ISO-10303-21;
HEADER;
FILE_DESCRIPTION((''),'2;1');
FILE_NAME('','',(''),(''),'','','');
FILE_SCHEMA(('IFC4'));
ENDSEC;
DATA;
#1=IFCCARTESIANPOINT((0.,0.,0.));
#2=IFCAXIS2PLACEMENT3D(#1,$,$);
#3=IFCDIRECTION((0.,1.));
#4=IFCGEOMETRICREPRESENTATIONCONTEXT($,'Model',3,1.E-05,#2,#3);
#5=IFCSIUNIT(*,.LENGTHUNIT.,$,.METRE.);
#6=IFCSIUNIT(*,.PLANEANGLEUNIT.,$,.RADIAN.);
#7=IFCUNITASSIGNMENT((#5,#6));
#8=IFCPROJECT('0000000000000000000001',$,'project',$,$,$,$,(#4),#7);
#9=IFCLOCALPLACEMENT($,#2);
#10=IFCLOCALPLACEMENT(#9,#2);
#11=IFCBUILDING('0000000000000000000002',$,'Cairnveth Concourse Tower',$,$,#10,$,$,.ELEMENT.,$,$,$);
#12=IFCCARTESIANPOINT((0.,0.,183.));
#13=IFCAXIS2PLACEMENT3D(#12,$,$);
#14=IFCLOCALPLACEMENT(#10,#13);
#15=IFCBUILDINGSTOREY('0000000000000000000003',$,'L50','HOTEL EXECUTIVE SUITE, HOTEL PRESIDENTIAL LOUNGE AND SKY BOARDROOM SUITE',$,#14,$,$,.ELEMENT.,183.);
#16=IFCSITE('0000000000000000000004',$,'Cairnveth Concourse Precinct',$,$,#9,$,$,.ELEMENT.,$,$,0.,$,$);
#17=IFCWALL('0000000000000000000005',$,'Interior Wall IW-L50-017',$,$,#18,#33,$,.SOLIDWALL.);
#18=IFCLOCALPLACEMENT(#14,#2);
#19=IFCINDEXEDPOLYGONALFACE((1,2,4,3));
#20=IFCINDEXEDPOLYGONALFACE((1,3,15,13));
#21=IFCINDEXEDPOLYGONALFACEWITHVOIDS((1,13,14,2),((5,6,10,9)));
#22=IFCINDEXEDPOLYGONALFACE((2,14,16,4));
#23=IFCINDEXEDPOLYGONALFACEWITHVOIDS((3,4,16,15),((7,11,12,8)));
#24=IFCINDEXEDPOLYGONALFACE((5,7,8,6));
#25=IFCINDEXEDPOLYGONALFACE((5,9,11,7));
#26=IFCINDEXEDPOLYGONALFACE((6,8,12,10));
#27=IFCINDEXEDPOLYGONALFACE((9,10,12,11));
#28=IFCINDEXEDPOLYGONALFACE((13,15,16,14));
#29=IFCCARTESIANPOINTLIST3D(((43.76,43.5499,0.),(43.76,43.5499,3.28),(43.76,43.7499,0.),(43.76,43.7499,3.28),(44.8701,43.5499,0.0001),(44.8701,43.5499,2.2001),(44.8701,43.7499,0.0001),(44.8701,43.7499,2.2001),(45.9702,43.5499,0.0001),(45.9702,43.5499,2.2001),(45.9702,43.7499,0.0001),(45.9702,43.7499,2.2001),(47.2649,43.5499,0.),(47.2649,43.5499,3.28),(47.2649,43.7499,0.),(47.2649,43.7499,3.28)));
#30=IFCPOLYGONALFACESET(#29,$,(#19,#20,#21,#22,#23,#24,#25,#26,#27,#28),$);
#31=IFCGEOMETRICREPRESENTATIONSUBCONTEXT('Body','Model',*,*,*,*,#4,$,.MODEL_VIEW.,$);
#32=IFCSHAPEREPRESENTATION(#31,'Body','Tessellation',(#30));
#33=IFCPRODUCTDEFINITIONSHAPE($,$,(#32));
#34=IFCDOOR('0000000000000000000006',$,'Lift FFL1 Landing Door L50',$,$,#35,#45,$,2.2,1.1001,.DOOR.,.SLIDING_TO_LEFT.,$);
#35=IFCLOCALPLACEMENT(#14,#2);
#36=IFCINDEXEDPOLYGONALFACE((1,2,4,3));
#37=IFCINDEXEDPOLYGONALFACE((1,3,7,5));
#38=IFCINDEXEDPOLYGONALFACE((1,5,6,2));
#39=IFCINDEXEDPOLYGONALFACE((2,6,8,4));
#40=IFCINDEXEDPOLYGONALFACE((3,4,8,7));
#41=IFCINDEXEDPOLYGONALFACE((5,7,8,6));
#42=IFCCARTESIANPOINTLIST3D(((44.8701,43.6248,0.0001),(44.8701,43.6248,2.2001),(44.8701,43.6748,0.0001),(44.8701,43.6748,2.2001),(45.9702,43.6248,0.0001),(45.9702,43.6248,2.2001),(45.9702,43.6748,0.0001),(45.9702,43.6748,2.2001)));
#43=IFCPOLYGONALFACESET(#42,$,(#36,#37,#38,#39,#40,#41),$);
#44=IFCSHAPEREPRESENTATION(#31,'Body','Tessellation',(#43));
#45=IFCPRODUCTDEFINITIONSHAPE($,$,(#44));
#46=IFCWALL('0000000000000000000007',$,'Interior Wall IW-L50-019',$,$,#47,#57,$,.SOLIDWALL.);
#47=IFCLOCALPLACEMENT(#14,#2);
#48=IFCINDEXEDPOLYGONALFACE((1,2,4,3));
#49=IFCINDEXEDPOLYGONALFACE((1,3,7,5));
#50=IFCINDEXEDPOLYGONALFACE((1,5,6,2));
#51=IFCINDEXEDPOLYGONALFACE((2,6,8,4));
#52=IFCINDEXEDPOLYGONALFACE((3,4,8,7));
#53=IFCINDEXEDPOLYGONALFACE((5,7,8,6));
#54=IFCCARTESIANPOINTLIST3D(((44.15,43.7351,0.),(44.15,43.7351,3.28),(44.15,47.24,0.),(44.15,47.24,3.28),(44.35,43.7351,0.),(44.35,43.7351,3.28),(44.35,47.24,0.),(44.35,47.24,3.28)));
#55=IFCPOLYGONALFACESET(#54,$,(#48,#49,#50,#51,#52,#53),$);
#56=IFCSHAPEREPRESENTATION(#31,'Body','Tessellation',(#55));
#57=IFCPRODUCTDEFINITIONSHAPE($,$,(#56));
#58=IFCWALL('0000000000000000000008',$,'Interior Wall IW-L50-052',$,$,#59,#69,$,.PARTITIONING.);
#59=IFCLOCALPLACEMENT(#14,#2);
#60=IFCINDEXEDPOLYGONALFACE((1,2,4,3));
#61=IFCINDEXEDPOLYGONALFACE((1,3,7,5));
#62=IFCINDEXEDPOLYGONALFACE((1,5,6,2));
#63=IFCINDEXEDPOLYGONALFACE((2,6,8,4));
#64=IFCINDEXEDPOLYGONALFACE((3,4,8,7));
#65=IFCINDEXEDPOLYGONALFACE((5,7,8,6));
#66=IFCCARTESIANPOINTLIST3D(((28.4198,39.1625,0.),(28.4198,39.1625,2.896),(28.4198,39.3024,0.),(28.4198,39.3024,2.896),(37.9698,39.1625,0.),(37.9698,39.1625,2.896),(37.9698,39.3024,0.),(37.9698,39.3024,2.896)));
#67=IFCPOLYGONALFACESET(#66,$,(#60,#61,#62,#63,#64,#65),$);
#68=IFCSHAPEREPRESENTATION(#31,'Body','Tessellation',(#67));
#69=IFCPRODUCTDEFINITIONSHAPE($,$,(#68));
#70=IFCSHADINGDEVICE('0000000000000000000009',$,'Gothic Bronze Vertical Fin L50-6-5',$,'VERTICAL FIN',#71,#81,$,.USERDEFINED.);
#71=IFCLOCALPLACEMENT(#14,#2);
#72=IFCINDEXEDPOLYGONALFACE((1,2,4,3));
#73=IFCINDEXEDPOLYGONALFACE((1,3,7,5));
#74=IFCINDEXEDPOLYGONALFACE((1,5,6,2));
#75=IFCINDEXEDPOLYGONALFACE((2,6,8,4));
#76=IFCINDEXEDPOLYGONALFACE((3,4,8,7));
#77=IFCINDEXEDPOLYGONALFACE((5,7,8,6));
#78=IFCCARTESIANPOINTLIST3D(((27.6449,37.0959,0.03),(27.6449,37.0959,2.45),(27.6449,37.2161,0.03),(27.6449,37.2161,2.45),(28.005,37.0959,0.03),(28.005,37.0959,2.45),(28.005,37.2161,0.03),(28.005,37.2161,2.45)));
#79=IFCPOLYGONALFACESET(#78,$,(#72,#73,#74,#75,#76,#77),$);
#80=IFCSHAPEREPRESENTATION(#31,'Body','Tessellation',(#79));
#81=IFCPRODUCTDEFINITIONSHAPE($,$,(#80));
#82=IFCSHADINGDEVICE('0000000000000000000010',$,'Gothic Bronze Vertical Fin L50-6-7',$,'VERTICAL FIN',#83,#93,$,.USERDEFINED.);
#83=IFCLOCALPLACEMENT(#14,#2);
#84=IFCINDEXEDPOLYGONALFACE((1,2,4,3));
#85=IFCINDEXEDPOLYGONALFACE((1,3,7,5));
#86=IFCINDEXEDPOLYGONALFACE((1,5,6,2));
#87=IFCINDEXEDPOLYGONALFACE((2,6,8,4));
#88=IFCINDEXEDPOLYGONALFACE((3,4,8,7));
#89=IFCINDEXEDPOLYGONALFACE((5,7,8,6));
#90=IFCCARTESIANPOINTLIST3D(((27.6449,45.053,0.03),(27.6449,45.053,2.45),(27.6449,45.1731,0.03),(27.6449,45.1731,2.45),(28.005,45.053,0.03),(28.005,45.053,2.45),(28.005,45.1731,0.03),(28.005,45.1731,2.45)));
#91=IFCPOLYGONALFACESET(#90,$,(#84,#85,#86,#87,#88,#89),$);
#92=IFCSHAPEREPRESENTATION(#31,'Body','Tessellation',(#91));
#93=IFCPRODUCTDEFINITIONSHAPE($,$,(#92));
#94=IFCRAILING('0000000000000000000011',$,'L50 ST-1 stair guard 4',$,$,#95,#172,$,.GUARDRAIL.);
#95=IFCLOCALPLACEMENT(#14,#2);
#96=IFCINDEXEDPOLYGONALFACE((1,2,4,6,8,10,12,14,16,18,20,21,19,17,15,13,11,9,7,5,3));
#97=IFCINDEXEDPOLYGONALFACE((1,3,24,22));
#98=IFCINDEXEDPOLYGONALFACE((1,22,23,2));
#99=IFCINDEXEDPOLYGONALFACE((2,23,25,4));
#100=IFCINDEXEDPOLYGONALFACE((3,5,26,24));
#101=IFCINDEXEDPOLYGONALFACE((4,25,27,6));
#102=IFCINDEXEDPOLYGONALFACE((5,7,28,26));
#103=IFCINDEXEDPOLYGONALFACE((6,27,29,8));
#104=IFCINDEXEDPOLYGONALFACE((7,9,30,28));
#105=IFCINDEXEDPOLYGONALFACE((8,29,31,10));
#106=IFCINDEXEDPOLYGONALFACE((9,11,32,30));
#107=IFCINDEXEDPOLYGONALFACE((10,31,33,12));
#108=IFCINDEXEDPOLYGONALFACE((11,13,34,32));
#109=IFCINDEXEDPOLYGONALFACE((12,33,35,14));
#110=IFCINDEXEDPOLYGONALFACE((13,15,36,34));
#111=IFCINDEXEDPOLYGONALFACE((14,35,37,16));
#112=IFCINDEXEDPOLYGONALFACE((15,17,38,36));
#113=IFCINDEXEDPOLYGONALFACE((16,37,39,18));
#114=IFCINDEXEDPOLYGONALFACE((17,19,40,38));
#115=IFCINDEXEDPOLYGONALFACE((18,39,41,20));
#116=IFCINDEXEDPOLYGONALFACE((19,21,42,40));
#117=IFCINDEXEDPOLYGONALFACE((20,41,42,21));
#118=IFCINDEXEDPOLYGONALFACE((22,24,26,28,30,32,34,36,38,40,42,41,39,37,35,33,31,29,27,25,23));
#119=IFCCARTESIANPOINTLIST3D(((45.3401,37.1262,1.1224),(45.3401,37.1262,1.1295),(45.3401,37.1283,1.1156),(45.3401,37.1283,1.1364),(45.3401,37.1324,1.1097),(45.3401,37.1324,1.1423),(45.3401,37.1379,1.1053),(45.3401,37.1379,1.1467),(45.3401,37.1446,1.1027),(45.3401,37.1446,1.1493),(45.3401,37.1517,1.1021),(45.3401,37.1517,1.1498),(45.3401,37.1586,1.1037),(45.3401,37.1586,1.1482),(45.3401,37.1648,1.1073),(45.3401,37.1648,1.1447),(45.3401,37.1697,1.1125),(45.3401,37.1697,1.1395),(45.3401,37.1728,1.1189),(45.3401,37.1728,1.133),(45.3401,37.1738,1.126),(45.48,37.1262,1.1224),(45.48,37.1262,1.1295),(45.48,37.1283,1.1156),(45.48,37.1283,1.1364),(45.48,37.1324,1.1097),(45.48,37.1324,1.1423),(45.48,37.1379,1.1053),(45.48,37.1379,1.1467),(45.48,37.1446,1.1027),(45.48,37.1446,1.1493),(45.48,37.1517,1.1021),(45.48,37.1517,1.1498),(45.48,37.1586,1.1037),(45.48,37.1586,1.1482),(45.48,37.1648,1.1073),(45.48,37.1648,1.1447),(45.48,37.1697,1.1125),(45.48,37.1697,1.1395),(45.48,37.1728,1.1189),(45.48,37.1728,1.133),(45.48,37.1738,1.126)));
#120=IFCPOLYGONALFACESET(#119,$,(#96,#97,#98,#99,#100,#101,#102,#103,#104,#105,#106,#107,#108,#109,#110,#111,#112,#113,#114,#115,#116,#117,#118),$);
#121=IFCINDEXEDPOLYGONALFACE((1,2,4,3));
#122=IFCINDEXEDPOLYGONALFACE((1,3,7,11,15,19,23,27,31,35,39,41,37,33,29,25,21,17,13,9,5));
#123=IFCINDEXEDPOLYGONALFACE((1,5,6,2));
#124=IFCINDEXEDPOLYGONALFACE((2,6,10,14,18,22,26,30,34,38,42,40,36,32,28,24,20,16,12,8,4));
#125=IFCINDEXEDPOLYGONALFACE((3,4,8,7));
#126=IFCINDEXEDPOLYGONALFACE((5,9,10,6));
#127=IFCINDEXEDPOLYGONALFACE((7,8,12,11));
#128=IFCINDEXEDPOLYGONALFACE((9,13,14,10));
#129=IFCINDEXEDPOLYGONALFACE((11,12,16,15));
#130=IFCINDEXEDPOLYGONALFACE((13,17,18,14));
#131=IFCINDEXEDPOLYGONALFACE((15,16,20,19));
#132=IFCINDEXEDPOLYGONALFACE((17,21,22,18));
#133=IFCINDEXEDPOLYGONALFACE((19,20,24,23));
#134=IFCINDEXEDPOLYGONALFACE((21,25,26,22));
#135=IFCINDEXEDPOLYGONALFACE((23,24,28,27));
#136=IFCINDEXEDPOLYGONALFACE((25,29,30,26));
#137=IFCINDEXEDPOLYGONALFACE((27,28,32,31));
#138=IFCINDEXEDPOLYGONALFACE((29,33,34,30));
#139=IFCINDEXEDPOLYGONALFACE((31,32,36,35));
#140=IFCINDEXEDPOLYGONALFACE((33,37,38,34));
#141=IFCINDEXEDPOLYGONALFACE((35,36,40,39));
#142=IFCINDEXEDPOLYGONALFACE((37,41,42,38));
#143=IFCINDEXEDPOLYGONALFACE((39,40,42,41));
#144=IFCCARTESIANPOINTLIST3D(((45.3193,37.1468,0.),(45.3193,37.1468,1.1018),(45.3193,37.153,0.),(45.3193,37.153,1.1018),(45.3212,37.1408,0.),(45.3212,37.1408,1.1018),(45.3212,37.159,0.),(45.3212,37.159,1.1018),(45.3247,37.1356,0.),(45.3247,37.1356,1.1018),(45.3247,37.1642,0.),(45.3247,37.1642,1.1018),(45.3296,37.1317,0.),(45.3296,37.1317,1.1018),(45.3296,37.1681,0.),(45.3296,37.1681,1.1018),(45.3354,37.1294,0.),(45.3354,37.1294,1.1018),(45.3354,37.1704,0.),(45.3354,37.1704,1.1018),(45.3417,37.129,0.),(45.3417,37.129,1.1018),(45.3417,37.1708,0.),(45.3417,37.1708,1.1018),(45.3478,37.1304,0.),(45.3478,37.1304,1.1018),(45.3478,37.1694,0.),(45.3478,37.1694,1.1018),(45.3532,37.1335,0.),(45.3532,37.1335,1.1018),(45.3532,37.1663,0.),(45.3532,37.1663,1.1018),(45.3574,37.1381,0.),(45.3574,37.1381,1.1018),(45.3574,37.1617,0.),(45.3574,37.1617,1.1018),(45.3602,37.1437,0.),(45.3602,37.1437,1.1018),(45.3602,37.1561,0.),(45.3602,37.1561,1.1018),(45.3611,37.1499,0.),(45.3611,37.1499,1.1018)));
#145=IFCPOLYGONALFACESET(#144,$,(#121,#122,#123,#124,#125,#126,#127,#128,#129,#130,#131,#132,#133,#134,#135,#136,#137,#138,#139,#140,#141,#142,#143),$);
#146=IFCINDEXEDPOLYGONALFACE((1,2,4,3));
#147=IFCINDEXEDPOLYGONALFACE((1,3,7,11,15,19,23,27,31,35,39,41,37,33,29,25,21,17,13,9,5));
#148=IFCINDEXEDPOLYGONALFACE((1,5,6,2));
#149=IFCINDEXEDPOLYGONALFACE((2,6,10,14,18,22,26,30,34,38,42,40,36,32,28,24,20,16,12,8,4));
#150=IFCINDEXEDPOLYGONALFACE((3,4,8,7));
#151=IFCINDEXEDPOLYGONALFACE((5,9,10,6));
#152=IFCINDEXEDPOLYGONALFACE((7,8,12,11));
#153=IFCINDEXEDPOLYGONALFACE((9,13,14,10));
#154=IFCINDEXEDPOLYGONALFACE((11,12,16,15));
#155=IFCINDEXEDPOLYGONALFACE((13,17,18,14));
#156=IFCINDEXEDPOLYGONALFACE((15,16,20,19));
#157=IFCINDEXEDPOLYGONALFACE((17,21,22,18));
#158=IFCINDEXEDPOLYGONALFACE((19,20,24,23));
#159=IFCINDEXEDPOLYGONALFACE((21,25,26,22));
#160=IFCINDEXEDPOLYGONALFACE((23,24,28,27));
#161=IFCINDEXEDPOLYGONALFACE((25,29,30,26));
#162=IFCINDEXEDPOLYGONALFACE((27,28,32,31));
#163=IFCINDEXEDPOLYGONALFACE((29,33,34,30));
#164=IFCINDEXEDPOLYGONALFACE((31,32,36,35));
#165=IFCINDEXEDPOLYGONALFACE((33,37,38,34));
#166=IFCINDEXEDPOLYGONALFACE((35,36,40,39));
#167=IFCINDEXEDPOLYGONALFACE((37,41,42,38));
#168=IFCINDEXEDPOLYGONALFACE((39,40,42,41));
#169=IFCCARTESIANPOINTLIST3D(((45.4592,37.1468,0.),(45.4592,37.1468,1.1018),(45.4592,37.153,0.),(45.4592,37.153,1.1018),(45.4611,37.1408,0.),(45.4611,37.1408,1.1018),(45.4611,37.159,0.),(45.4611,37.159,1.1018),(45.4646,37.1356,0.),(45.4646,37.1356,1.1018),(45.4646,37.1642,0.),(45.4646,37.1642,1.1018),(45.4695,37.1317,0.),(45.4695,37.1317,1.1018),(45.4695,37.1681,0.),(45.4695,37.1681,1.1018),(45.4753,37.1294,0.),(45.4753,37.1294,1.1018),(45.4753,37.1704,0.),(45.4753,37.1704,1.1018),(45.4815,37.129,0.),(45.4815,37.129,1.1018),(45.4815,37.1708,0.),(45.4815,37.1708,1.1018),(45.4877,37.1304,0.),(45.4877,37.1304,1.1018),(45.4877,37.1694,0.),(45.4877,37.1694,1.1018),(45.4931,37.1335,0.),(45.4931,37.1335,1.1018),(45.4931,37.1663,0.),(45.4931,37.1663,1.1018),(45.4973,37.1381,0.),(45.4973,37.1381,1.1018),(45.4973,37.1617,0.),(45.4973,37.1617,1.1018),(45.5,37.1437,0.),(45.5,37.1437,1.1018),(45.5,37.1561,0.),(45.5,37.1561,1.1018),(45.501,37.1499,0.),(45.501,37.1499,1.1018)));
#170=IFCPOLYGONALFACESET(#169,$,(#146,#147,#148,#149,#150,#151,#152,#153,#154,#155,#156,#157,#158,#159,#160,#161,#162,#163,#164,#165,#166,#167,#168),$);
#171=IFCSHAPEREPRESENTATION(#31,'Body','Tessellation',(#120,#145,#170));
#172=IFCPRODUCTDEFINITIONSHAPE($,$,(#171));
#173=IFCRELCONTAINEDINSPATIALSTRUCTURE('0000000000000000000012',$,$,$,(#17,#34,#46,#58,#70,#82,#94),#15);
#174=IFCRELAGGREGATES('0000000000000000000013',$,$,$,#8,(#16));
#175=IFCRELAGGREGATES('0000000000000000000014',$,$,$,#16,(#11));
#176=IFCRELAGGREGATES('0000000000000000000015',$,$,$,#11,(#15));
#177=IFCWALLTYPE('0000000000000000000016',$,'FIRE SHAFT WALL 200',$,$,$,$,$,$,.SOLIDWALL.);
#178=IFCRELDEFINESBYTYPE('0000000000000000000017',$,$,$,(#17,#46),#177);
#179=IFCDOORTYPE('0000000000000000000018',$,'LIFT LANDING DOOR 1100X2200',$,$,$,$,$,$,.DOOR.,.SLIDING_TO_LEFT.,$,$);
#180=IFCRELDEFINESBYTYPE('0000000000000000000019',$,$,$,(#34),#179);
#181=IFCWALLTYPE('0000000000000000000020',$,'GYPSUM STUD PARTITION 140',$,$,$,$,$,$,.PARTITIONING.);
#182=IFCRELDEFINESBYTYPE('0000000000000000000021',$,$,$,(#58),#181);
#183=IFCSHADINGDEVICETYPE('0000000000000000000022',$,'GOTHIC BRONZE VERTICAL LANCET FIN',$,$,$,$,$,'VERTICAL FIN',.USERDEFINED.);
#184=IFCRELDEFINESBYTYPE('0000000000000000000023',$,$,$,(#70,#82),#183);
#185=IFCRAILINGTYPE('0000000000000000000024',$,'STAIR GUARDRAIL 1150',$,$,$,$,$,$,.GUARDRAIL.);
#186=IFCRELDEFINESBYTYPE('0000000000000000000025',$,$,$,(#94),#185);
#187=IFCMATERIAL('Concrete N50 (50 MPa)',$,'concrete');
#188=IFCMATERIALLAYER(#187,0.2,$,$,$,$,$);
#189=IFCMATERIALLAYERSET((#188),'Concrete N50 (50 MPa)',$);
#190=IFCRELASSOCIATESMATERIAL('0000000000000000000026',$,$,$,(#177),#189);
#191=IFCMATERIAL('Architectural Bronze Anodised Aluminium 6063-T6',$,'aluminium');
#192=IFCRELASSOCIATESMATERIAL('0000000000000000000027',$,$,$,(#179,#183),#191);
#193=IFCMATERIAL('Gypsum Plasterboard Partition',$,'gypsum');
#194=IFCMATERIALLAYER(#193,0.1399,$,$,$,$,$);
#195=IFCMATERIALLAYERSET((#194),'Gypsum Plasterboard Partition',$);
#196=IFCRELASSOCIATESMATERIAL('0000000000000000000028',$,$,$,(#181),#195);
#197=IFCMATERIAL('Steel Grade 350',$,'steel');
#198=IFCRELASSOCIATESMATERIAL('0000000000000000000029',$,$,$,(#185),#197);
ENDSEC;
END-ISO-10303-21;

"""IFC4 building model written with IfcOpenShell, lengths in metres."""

from ifc_helpers import new_model, si_unit, direction, frame, frame_2d, origin, origin_2d, place, context, subcontext, project, spatial, rectangle, circle, extrude, material, layer, layer_set, type_object, element, fill, save


model = new_model("IFC4")

# Units and contexts
model_context = context("Model", 3, precision=1e-05, world=origin(), true_north=direction((0.0, 1.0)))
body_context = subcontext(model_context, "Body", "Model", "MODEL_VIEW")
ifc_project = project(units=[si_unit("LENGTHUNIT", "METRE"), si_unit("PLANEANGLEUNIT", "RADIAN")], contexts=[model_context])

# Site, building, storey
site_placement = place(None, origin())
site = spatial("IfcSite", under=ifc_project, at=site_placement, Name="Cairnveth Concourse Precinct", CompositionType="ELEMENT", RefElevation=0.0)
building_placement = place(site_placement, origin())
building = spatial("IfcBuilding", under=site, at=building_placement, Name="Cairnveth Concourse Tower", CompositionType="ELEMENT")
storey_placement = place(building_placement, frame((0.0, 0.0, 183.0)))
storey = spatial("IfcBuildingStorey", under=building, at=storey_placement, Name="L50", Description="HOTEL EXECUTIVE SUITE, HOTEL PRESIDENTIAL LOUNGE AND SKY BOARDROOM SUITE", CompositionType="ELEMENT", Elevation=183.0)

# Shared definitions
ifc_material_1 = material(Name="Steel Grade 350", Category="steel")

# Wall, opening, door
ifc_material_2 = material(Name="Concrete N50 (50 MPa)", Category="concrete")
ifc_layer_1 = layer(ifc_material_2, 0.2)
ifc_layer_set_1 = layer_set([ifc_layer_1], Name="Concrete N50 (50 MPa)")
wall_type_1 = type_object("IfcWallType", Name="FIRE SHAFT WALL 200", PredefinedType="SOLIDWALL", material=ifc_layer_set_1)
wall_1_placement = place(storey_placement, frame((43.76, 43.6499, 0.0), z_axis=(0.0, 0.0, 1.0), x_axis=(1.0, 0.0, 0.0)))
wall_1 = element("IfcWall", 1, at=wall_1_placement, inside=storey, type_object=wall_type_1, Name="Interior Wall IW-L50-017", PredefinedType="SOLIDWALL", context=body_context, shape_type="SweptSolid", body=[
    extrude(rectangle(XDim=3.5049, YDim=0.2, at=frame_2d((1.7524, 0.0))), origin(), (0.0, 0.0, 1.0), 3.28),
])
opening_1_placement = place(wall_1_placement, frame((1.1101, 0.0, 0.0)))
opening_1 = element("IfcOpeningElement", 2, at=opening_1_placement, cuts=wall_1, PredefinedType="OPENING", context=body_context, shape_type="SweptSolid", body=[
    extrude(rectangle(XDim=1.1001, YDim=2.2, at=frame_2d((0.55, 1.1001))), frame((0.0, 0.1099, 0.0), z_axis=(0.0, -1.0, 0.0), x_axis=(1.0, 0.0, 0.0)), (0.0, 0.0, 1.0), 0.22),
])
ifc_material_3 = material(Name="Architectural Bronze Anodised Aluminium 6063-T6", Category="aluminium")
door_type_1 = type_object("IfcDoorType", Name="LIFT LANDING DOOR 1100X2200", OperationType="SLIDING_TO_LEFT", PredefinedType="DOOR", material=ifc_material_3)
door_1_placement = place(opening_1_placement, origin())
door_1 = element("IfcDoor", 3, at=door_1_placement, inside=storey, type_object=door_type_1, Name="Lift FFL1 Landing Door L50", OperationType="SLIDING_TO_LEFT", OverallHeight=2.2, OverallWidth=1.1001, PredefinedType="DOOR", context=body_context, shape_type="SweptSolid", body=[
    extrude(rectangle(XDim=1.1001, YDim=2.2, at=frame_2d((0.55, 1.1001))), frame((0.0, 0.0249, 0.0), z_axis=(0.0, -1.0, 0.0), x_axis=(1.0, 0.0, 0.0)), (0.0, 0.0, 1.0), 0.05),
])
fill(opening_1, door_1)

# Walls
wall_2_placement = place(storey_placement, frame((44.25, 43.7351, 0.0), z_axis=(0.0, 0.0, 1.0), x_axis=(0.0, 1.0, 0.0)))
element("IfcWall", 4, at=wall_2_placement, inside=storey, type_object=wall_type_1, Name="Interior Wall IW-L50-019", PredefinedType="SOLIDWALL", context=body_context, shape_type="SweptSolid", body=[
    extrude(rectangle(XDim=3.5049, YDim=0.2, at=frame_2d((1.7524, 0.0))), origin(), (0.0, 0.0, 1.0), 3.28),
])
ifc_material_4 = material(Name="Gypsum Plasterboard Partition", Category="gypsum")
ifc_layer_2 = layer(ifc_material_4, 0.1399)
ifc_layer_set_2 = layer_set([ifc_layer_2], Name="Gypsum Plasterboard Partition")
wall_type_2 = type_object("IfcWallType", Name="GYPSUM STUD PARTITION 140", PredefinedType="PARTITIONING", material=ifc_layer_set_2)
wall_3_placement = place(storey_placement, frame((28.4199, 39.2324, 0.0), z_axis=(0.0, 0.0, 1.0), x_axis=(1.0, 0.0, 0.0)))
element("IfcWall", 5, at=wall_3_placement, inside=storey, type_object=wall_type_2, Name="Interior Wall IW-L50-052", PredefinedType="PARTITIONING", context=body_context, shape_type="SweptSolid", body=[
    extrude(rectangle(XDim=9.55, YDim=0.1399, at=frame_2d((4.7749, 0.0))), origin(), (0.0, 0.0, 1.0), 2.896),
])

# Shading devices
shading_device_type = type_object("IfcShadingDeviceType", Name="GOTHIC BRONZE VERTICAL LANCET FIN", ElementType="VERTICAL FIN", PredefinedType="USERDEFINED", material=ifc_material_3)
for number, where, z_axis, x_axis, name in (
    (6, (27.825, 37.156, 0.03), (0.0, 0.0, 1.0), (0.0, 1.0, 0.0), "Gothic Bronze Vertical Fin L50-6-5"),
    (7, (27.825, 45.113, 0.03), (0.0, 0.0, 1.0), (0.0, 1.0, 0.0), "Gothic Bronze Vertical Fin L50-6-7"),
):
    element("IfcShadingDevice", number, at=place(storey_placement, frame(where, z_axis=z_axis, x_axis=x_axis)), inside=storey, type_object=shading_device_type, Name=name, ObjectType="VERTICAL FIN", PredefinedType="USERDEFINED", context=body_context, shape_type="SweptSolid", body=[
        extrude(rectangle(XDim=0.1201, YDim=0.3601, at=origin_2d()), origin(), (0.0, 0.0, 1.0), 2.4199),
    ])

# Railing
railing_type = type_object("IfcRailingType", Name="STAIR GUARDRAIL 1150", PredefinedType="GUARDRAIL", material=ifc_material_1)
railing_placement = place(storey_placement, frame((45.3401, 37.1499, 0.0)))
element("IfcRailing", 8, at=railing_placement, inside=storey, type_object=railing_type, Name="L50 ST-1 stair guard 4", PredefinedType="GUARDRAIL", context=body_context, shape_type="SweptSolid", body=[
    extrude(circle(Radius=0.0239, at=origin_2d()), frame((0.0, 0.0, 1.126), z_axis=(1.0, 0.0, 0.0), x_axis=(0.0, 1.0, 0.0)), (0.0, 0.0, 1.0), 0.1399),
    extrude(circle(Radius=0.021, at=origin_2d()), origin(), (0.0, 0.0, 1.0), 1.1018),
    extrude(circle(Radius=0.021, at=origin_2d()), frame((0.1399, 0.0, 0.0)), (0.0, 0.0, 1.0), 1.1018),
])

save(model, "model.ifc")
